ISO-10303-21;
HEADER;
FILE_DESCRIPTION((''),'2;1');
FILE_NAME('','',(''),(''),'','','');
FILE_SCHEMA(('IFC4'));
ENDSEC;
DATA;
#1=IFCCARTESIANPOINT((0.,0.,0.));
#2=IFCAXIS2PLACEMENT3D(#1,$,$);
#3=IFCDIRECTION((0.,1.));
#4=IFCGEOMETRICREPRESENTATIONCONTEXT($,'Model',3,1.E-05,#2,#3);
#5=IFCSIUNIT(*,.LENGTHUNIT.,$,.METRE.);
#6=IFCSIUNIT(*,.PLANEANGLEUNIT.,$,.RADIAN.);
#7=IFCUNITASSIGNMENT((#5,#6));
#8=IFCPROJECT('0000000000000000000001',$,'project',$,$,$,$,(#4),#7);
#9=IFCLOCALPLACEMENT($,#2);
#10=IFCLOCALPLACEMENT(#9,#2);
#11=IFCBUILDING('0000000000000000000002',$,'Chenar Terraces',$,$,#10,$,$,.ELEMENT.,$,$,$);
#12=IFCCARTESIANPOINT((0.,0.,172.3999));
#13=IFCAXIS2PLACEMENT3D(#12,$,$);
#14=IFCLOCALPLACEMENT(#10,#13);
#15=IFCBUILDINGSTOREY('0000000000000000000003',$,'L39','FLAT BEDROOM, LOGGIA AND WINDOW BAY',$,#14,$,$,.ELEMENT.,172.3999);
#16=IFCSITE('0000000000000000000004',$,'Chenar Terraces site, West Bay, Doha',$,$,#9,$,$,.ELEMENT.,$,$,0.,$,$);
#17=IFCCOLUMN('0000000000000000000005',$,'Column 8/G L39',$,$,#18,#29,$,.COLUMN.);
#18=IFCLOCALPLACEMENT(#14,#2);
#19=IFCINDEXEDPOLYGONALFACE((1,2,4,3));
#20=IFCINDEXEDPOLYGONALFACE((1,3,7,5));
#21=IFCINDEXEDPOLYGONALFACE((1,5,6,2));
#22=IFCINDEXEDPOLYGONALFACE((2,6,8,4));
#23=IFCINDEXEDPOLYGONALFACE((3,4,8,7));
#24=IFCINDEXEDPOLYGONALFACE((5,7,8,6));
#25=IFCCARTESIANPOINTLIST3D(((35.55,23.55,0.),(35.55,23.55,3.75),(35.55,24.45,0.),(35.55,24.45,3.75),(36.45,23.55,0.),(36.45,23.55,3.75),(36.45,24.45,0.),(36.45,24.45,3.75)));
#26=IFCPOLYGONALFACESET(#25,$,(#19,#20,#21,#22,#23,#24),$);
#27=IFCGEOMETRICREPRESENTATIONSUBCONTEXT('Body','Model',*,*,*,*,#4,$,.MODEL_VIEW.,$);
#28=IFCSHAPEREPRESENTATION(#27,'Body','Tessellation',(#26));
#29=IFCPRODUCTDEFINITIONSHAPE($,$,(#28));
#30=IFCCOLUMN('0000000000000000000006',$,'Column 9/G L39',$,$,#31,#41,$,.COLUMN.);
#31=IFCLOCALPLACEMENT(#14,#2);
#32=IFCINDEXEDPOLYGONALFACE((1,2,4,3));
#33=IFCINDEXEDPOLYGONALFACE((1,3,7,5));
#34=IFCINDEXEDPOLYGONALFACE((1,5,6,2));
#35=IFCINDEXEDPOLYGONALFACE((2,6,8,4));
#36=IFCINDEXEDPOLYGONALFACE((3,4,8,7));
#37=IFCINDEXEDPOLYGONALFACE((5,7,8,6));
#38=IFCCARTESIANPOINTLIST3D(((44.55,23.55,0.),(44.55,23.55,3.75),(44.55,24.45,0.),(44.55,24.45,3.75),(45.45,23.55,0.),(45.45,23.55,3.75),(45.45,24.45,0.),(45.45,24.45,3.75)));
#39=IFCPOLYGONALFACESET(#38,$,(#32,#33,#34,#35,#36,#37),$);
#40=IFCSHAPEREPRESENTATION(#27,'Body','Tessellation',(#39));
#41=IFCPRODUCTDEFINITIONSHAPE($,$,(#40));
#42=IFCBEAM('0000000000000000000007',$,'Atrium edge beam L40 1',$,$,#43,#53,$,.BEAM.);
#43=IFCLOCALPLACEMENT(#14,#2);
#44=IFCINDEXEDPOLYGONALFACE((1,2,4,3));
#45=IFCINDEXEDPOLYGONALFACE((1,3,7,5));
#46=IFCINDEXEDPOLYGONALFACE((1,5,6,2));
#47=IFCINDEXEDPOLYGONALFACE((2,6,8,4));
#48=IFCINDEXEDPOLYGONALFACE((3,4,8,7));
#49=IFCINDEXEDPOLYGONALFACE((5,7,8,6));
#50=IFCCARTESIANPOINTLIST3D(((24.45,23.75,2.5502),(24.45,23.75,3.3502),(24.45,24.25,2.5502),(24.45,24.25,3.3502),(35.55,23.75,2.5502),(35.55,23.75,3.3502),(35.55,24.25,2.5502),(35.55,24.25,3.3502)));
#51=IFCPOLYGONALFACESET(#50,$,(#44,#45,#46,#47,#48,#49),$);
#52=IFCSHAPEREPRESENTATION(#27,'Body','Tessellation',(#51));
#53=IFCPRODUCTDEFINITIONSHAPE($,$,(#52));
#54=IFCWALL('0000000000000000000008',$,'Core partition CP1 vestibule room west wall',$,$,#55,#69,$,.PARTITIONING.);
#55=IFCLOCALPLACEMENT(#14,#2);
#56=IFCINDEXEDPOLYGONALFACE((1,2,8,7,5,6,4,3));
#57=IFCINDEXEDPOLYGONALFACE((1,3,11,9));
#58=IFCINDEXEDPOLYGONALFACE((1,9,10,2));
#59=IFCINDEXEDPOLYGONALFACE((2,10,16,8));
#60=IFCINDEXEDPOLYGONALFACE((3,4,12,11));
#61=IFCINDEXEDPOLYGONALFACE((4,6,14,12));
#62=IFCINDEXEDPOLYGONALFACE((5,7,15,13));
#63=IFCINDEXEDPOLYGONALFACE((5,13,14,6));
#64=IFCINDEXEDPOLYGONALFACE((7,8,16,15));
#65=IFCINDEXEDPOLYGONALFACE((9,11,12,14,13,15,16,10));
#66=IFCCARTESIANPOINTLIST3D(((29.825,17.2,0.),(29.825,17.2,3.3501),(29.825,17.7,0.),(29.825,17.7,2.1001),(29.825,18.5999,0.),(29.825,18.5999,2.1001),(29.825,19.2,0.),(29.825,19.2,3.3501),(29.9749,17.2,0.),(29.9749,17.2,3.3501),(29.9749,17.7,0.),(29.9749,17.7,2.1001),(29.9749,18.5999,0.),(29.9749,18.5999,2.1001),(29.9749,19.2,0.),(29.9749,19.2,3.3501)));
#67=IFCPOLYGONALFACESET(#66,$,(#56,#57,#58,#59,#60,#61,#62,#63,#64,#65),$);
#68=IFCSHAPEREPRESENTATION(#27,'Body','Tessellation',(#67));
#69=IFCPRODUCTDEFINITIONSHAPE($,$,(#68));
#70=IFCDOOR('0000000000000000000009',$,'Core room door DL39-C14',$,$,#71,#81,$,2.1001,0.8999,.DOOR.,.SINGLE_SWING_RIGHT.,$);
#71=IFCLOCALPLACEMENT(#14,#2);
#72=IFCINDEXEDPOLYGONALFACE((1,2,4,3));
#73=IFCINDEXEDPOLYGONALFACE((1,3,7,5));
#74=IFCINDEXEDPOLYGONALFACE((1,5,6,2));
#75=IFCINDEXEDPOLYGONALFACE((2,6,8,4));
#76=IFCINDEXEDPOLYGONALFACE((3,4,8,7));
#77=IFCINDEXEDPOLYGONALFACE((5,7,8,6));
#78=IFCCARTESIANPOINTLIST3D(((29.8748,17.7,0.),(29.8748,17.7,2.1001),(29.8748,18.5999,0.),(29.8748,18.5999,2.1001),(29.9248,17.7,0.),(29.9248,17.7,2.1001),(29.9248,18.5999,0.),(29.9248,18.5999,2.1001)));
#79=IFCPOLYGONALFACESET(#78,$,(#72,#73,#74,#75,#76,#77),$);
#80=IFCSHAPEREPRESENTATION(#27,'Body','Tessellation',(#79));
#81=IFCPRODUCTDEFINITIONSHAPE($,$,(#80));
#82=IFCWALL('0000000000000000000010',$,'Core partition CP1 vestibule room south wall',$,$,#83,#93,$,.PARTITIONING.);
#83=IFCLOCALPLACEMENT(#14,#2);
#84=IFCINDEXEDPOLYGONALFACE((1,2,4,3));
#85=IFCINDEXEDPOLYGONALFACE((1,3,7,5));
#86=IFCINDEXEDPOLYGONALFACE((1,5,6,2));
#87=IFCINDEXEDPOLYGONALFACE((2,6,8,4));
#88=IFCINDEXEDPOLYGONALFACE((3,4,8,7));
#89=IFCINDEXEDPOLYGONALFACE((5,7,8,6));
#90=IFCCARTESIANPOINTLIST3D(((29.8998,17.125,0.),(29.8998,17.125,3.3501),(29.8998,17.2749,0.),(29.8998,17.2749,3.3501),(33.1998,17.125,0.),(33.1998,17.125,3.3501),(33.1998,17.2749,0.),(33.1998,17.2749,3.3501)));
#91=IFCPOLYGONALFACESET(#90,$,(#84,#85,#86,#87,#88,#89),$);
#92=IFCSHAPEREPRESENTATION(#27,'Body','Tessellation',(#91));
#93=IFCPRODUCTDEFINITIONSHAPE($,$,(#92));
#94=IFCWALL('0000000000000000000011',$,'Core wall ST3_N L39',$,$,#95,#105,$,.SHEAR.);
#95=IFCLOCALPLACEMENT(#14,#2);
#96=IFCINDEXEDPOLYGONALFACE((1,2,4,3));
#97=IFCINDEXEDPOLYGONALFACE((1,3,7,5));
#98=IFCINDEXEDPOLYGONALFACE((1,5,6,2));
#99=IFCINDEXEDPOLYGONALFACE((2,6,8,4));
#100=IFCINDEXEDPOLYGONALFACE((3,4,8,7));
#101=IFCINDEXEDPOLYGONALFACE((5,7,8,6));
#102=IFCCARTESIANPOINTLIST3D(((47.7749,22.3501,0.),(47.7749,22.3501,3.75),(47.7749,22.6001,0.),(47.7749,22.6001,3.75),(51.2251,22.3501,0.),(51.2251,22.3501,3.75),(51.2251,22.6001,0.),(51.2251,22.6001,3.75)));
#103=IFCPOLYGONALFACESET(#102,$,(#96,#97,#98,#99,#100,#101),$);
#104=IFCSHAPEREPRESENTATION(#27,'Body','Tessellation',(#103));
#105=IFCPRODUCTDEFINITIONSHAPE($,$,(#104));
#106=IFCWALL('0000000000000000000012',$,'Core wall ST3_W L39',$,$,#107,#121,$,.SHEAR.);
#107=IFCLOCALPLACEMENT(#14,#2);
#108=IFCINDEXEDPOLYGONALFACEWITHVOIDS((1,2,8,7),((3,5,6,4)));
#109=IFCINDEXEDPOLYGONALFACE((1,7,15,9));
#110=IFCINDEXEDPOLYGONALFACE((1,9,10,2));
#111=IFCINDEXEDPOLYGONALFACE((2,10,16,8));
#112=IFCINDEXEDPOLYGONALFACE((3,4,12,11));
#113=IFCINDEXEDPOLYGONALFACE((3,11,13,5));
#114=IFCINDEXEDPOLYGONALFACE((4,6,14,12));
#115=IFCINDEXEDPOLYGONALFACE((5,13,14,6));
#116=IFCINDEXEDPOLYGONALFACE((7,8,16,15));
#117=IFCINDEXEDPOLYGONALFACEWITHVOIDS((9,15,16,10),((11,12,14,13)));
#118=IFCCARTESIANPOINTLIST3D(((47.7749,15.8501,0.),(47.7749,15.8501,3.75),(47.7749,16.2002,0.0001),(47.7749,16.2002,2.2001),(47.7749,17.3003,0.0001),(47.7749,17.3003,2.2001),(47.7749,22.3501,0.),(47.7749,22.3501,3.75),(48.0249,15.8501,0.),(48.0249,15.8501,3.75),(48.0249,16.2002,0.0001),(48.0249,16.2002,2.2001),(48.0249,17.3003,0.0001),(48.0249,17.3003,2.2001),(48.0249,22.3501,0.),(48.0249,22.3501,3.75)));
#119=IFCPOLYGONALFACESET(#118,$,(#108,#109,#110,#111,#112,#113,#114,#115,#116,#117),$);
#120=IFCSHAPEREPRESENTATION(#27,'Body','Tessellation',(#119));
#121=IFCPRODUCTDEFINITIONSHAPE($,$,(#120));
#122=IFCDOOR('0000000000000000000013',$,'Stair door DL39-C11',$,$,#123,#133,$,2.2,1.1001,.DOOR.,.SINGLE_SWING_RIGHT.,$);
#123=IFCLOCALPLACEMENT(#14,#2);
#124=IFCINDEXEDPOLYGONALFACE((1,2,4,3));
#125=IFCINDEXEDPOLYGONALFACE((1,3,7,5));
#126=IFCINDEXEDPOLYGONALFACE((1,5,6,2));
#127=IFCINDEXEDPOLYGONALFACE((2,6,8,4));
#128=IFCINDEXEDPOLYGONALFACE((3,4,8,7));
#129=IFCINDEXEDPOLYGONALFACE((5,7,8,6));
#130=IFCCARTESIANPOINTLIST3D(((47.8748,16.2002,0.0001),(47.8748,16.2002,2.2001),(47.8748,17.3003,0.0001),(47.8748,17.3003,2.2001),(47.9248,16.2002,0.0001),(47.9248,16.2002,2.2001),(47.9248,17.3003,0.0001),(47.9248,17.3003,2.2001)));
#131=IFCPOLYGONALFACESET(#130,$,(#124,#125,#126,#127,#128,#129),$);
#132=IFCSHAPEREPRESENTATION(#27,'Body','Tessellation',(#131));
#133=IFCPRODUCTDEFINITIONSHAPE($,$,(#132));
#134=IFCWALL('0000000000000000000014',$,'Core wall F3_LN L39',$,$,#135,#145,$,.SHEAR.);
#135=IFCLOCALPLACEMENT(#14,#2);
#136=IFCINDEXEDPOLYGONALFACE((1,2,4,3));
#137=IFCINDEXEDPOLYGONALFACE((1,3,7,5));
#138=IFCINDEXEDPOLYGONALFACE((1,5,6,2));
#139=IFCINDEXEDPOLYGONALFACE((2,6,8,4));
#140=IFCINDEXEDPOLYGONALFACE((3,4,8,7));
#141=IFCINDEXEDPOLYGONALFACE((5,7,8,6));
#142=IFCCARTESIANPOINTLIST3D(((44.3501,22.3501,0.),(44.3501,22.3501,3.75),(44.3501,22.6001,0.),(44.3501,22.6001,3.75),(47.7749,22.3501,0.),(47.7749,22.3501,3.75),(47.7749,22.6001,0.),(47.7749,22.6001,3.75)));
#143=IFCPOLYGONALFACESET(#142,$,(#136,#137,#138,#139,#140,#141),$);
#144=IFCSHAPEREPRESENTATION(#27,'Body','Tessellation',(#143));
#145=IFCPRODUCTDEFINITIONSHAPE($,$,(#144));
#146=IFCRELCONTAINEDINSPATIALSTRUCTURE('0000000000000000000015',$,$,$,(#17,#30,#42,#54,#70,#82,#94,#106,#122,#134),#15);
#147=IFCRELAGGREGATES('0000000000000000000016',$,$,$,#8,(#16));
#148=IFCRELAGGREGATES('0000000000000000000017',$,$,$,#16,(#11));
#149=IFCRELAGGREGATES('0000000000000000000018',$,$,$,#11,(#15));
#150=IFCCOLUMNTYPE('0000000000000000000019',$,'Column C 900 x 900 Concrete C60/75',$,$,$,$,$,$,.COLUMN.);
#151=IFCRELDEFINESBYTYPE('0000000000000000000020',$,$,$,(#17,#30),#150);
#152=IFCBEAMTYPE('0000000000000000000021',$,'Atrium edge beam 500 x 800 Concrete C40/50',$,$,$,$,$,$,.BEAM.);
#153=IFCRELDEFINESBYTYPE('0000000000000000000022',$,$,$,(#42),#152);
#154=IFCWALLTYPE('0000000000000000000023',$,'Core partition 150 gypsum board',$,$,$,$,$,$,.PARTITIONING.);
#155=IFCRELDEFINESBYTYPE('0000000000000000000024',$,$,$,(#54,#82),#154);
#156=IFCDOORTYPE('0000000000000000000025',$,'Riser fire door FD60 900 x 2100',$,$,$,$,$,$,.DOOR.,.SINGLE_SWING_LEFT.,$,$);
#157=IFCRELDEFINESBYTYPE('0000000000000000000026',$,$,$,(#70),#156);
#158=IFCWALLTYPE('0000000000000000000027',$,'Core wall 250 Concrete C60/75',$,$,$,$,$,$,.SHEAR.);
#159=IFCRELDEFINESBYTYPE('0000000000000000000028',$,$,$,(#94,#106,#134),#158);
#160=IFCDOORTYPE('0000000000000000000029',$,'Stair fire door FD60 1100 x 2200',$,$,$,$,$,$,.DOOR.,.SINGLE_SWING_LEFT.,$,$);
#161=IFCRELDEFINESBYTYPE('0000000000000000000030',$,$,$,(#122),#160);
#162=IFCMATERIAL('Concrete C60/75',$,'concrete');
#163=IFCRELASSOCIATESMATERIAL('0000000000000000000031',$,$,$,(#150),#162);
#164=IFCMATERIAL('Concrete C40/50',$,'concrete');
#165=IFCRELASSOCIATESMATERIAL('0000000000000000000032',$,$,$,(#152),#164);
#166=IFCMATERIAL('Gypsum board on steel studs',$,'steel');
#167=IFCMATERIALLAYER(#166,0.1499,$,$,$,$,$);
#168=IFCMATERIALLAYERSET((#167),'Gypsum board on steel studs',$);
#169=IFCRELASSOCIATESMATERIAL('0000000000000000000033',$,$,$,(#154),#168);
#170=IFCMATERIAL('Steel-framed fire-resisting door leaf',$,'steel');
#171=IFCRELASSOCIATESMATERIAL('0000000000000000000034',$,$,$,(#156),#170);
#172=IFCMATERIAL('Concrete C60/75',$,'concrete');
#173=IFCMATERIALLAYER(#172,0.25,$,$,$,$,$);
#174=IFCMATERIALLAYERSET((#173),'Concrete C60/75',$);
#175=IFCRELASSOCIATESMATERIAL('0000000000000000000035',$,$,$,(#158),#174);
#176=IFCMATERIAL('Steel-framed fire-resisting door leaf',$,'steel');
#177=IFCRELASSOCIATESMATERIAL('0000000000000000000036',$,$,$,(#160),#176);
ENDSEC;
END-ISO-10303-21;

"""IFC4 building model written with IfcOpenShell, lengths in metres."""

from ifc_helpers import new_model, si_unit, direction, frame, frame_2d, origin, origin_2d, place, context, subcontext, project, spatial, rectangle, extrude, material, layer, layer_set, material_profile, profile_set, type_object, element, fill, save


model = new_model("IFC4")

# Units and contexts
model_context = context("Model", 3, precision=1e-05, world=origin(), true_north=direction((0.0, 1.0)))
body_context = subcontext(model_context, "Body", "Model", "MODEL_VIEW")
ifc_project = project(units=[si_unit("LENGTHUNIT", "METRE"), si_unit("PLANEANGLEUNIT", "RADIAN")], contexts=[model_context])

# Site, building, storey
site_placement = place(None, origin())
site = spatial("IfcSite", under=ifc_project, at=site_placement, Name="Chenar Terraces site, West Bay, Doha", CompositionType="ELEMENT", RefElevation=0.0)
building_placement = place(site_placement, origin())
building = spatial("IfcBuilding", under=site, at=building_placement, Name="Chenar Terraces", CompositionType="ELEMENT")
storey_placement = place(building_placement, frame((0.0, 0.0, 172.3999)))
storey = spatial("IfcBuildingStorey", under=building, at=storey_placement, Name="L39", Description="FLAT BEDROOM, LOGGIA AND WINDOW BAY", CompositionType="ELEMENT", Elevation=172.3999)

# Columns
ifc_material_1 = material(Name="Concrete C60/75", Category="concrete")
ifc_material_profile_1 = material_profile(ifc_material_1, rectangle(XDim=0.8999, YDim=0.8999, at=origin_2d()), Name="C 900 x 900")
ifc_profile_set_1 = profile_set([ifc_material_profile_1], Name="Concrete C60/75")
column_type = type_object("IfcColumnType", Name="Column C 900 x 900 Concrete C60/75", PredefinedType="COLUMN", material=ifc_profile_set_1)
for number, where, z_axis, x_axis, name in (
    (1, (36.0, 24.0, 0.0), (0.0, 0.0, 1.0), (1.0, 0.0, 0.0), "Column 8/G L39"),
    (2, (45.0, 24.0, 0.0), (0.0, 0.0, 1.0), (1.0, 0.0, 0.0), "Column 9/G L39"),
):
    element("IfcColumn", number, at=place(storey_placement, frame(where, z_axis=z_axis, x_axis=x_axis)), inside=storey, type_object=column_type, Name=name, PredefinedType="COLUMN", context=body_context, shape_type="SweptSolid", body=[
        extrude(rectangle(XDim=0.8999, YDim=0.8999, at=origin_2d()), origin(), (0.0, 0.0, 1.0), 3.75),
    ])

# Beam
ifc_material_2 = material(Name="Concrete C40/50", Category="concrete")
ifc_material_profile_2 = material_profile(ifc_material_2, rectangle(XDim=0.5, YDim=0.8, at=origin_2d()), Name="RC 500 x 800")
ifc_profile_set_2 = profile_set([ifc_material_profile_2], Name="Concrete C40/50")
beam_type = type_object("IfcBeamType", Name="Atrium edge beam 500 x 800 Concrete C40/50", PredefinedType="BEAM", material=ifc_profile_set_2)
beam_placement = place(storey_placement, frame((24.45, 24.0, 2.9502), z_axis=(1.0, 0.0, 0.0), x_axis=(0.0, 1.0, 0.0)))
element("IfcBeam", 3, at=beam_placement, inside=storey, type_object=beam_type, Name="Atrium edge beam L40 1", PredefinedType="BEAM", context=body_context, shape_type="SweptSolid", body=[
    extrude(rectangle(XDim=0.5, YDim=0.8, at=origin_2d()), origin(), (0.0, 0.0, 1.0), 11.1001),
])

# Wall, opening, door
ifc_material_3 = material(Name="Gypsum board on steel studs", Category="steel")
ifc_layer_1 = layer(ifc_material_3, 0.1499)
ifc_layer_set_1 = layer_set([ifc_layer_1], Name="Gypsum board on steel studs")
wall_type_1 = type_object("IfcWallType", Name="Core partition 150 gypsum board", PredefinedType="PARTITIONING", material=ifc_layer_set_1)
wall_1_placement = place(storey_placement, frame((29.8999, 17.2, 0.0), z_axis=(0.0, 0.0, 1.0), x_axis=(0.0, 1.0, 0.0)))
wall_1 = element("IfcWall", 4, at=wall_1_placement, inside=storey, type_object=wall_type_1, Name="Core partition CP1 vestibule room west wall", PredefinedType="PARTITIONING", context=body_context, shape_type="SweptSolid", body=[
    extrude(rectangle(XDim=2.0, YDim=0.1499, at=frame_2d((1.0, 0.0))), origin(), (0.0, 0.0, 1.0), 3.3501),
])
opening_1_placement = place(wall_1_placement, frame((0.5, 0.0, 0.0)))
opening_1 = element("IfcOpeningElement", 5, at=opening_1_placement, cuts=wall_1, PredefinedType="OPENING", context=body_context, shape_type="SweptSolid", body=[
    extrude(rectangle(XDim=0.8999, YDim=2.1001, at=frame_2d((0.45, 1.05))), frame((0.0, 0.085, 0.0), z_axis=(0.0, -1.0, 0.0), x_axis=(1.0, 0.0, 0.0)), (0.0, 0.0, 1.0), 0.1699),
])
ifc_material_4 = material(Name="Steel-framed fire-resisting door leaf", Category="steel")
door_type_1 = type_object("IfcDoorType", Name="Riser fire door FD60 900 x 2100", OperationType="SINGLE_SWING_LEFT", PredefinedType="DOOR", material=ifc_material_4)
door_1_placement = place(opening_1_placement, frame((0.8999, 0.0, 0.0), z_axis=(0.0, 0.0, 1.0), x_axis=(-1.0, 0.0, 0.0)))
door_1 = element("IfcDoor", 6, at=door_1_placement, inside=storey, type_object=door_type_1, Name="Core room door DL39-C14", OperationType="SINGLE_SWING_RIGHT", OverallHeight=2.1001, OverallWidth=0.8999, PredefinedType="DOOR", context=body_context, shape_type="SweptSolid", body=[
    extrude(rectangle(XDim=0.8999, YDim=2.1001, at=frame_2d((0.45, 1.05))), frame((0.0, 0.0249, 0.0), z_axis=(0.0, -1.0, 0.0), x_axis=(1.0, 0.0, 0.0)), (0.0, 0.0, 1.0), 0.05),
])
fill(opening_1, door_1)

# Walls
wall_2_placement = place(storey_placement, frame((29.8999, 17.2, 0.0), z_axis=(0.0, 0.0, 1.0), x_axis=(1.0, 0.0, 0.0)))
element("IfcWall", 7, at=wall_2_placement, inside=storey, type_object=wall_type_1, Name="Core partition CP1 vestibule room south wall", PredefinedType="PARTITIONING", context=body_context, shape_type="SweptSolid", body=[
    extrude(rectangle(XDim=3.3, YDim=0.1499, at=frame_2d((1.6499, 0.0))), origin(), (0.0, 0.0, 1.0), 3.3501),
])
ifc_material_5 = material(Name="Concrete C60/75", Category="concrete")
ifc_layer_2 = layer(ifc_material_5, 0.25)
ifc_layer_set_2 = layer_set([ifc_layer_2], Name="Concrete C60/75")
wall_type_2 = type_object("IfcWallType", Name="Core wall 250 Concrete C60/75", PredefinedType="SHEAR", material=ifc_layer_set_2)
wall_3_placement = place(storey_placement, frame((47.7749, 22.4751, 0.0), z_axis=(0.0, 0.0, 1.0), x_axis=(1.0, 0.0, 0.0)))
element("IfcWall", 8, at=wall_3_placement, inside=storey, type_object=wall_type_2, Name="Core wall ST3_N L39", PredefinedType="SHEAR", context=body_context, shape_type="SweptSolid", body=[
    extrude(rectangle(XDim=3.4502, YDim=0.25, at=frame_2d((1.7251, 0.0))), origin(), (0.0, 0.0, 1.0), 3.75),
])

# Wall, opening, door
wall_4_placement = place(storey_placement, frame((47.8999, 15.8501, 0.0), z_axis=(0.0, 0.0, 1.0), x_axis=(0.0, 1.0, 0.0)))
wall_4 = element("IfcWall", 9, at=wall_4_placement, inside=storey, type_object=wall_type_2, Name="Core wall ST3_W L39", PredefinedType="SHEAR", context=body_context, shape_type="SweptSolid", body=[
    extrude(rectangle(XDim=6.5, YDim=0.25, at=frame_2d((3.25, 0.0))), origin(), (0.0, 0.0, 1.0), 3.75),
])
opening_2_placement = place(wall_4_placement, frame((0.3501, 0.0, 0.0)))
opening_2 = element("IfcOpeningElement", 10, at=opening_2_placement, cuts=wall_4, PredefinedType="OPENING", context=body_context, shape_type="SweptSolid", body=[
    extrude(rectangle(XDim=1.1001, YDim=2.2, at=frame_2d((0.55, 1.1001))), frame((0.0, 0.135, 0.0), z_axis=(0.0, -1.0, 0.0), x_axis=(1.0, 0.0, 0.0)), (0.0, 0.0, 1.0), 0.27),
])
ifc_material_6 = material(Name="Steel-framed fire-resisting door leaf", Category="steel")
door_type_2 = type_object("IfcDoorType", Name="Stair fire door FD60 1100 x 2200", OperationType="SINGLE_SWING_LEFT", PredefinedType="DOOR", material=ifc_material_6)
door_2_placement = place(opening_2_placement, frame((1.1001, 0.0, 0.0), z_axis=(0.0, 0.0, 1.0), x_axis=(-1.0, 0.0, 0.0)))
door_2 = element("IfcDoor", 11, at=door_2_placement, inside=storey, type_object=door_type_2, Name="Stair door DL39-C11", OperationType="SINGLE_SWING_RIGHT", OverallHeight=2.2, OverallWidth=1.1001, PredefinedType="DOOR", context=body_context, shape_type="SweptSolid", body=[
    extrude(rectangle(XDim=1.1001, YDim=2.2, at=frame_2d((0.55, 1.1001))), frame((0.0, 0.0249, 0.0), z_axis=(0.0, -1.0, 0.0), x_axis=(1.0, 0.0, 0.0)), (0.0, 0.0, 1.0), 0.05),
])
fill(opening_2, door_2)

# Wall
wall_5_placement = place(storey_placement, frame((44.3501, 22.4751, 0.0), z_axis=(0.0, 0.0, 1.0), x_axis=(1.0, 0.0, 0.0)))
element("IfcWall", 12, at=wall_5_placement, inside=storey, type_object=wall_type_2, Name="Core wall F3_LN L39", PredefinedType="SHEAR", context=body_context, shape_type="SweptSolid", body=[
    extrude(rectangle(XDim=3.4248, YDim=0.25, at=frame_2d((1.7124, 0.0))), origin(), (0.0, 0.0, 1.0), 3.75),
])

save(model, "model.ifc")
